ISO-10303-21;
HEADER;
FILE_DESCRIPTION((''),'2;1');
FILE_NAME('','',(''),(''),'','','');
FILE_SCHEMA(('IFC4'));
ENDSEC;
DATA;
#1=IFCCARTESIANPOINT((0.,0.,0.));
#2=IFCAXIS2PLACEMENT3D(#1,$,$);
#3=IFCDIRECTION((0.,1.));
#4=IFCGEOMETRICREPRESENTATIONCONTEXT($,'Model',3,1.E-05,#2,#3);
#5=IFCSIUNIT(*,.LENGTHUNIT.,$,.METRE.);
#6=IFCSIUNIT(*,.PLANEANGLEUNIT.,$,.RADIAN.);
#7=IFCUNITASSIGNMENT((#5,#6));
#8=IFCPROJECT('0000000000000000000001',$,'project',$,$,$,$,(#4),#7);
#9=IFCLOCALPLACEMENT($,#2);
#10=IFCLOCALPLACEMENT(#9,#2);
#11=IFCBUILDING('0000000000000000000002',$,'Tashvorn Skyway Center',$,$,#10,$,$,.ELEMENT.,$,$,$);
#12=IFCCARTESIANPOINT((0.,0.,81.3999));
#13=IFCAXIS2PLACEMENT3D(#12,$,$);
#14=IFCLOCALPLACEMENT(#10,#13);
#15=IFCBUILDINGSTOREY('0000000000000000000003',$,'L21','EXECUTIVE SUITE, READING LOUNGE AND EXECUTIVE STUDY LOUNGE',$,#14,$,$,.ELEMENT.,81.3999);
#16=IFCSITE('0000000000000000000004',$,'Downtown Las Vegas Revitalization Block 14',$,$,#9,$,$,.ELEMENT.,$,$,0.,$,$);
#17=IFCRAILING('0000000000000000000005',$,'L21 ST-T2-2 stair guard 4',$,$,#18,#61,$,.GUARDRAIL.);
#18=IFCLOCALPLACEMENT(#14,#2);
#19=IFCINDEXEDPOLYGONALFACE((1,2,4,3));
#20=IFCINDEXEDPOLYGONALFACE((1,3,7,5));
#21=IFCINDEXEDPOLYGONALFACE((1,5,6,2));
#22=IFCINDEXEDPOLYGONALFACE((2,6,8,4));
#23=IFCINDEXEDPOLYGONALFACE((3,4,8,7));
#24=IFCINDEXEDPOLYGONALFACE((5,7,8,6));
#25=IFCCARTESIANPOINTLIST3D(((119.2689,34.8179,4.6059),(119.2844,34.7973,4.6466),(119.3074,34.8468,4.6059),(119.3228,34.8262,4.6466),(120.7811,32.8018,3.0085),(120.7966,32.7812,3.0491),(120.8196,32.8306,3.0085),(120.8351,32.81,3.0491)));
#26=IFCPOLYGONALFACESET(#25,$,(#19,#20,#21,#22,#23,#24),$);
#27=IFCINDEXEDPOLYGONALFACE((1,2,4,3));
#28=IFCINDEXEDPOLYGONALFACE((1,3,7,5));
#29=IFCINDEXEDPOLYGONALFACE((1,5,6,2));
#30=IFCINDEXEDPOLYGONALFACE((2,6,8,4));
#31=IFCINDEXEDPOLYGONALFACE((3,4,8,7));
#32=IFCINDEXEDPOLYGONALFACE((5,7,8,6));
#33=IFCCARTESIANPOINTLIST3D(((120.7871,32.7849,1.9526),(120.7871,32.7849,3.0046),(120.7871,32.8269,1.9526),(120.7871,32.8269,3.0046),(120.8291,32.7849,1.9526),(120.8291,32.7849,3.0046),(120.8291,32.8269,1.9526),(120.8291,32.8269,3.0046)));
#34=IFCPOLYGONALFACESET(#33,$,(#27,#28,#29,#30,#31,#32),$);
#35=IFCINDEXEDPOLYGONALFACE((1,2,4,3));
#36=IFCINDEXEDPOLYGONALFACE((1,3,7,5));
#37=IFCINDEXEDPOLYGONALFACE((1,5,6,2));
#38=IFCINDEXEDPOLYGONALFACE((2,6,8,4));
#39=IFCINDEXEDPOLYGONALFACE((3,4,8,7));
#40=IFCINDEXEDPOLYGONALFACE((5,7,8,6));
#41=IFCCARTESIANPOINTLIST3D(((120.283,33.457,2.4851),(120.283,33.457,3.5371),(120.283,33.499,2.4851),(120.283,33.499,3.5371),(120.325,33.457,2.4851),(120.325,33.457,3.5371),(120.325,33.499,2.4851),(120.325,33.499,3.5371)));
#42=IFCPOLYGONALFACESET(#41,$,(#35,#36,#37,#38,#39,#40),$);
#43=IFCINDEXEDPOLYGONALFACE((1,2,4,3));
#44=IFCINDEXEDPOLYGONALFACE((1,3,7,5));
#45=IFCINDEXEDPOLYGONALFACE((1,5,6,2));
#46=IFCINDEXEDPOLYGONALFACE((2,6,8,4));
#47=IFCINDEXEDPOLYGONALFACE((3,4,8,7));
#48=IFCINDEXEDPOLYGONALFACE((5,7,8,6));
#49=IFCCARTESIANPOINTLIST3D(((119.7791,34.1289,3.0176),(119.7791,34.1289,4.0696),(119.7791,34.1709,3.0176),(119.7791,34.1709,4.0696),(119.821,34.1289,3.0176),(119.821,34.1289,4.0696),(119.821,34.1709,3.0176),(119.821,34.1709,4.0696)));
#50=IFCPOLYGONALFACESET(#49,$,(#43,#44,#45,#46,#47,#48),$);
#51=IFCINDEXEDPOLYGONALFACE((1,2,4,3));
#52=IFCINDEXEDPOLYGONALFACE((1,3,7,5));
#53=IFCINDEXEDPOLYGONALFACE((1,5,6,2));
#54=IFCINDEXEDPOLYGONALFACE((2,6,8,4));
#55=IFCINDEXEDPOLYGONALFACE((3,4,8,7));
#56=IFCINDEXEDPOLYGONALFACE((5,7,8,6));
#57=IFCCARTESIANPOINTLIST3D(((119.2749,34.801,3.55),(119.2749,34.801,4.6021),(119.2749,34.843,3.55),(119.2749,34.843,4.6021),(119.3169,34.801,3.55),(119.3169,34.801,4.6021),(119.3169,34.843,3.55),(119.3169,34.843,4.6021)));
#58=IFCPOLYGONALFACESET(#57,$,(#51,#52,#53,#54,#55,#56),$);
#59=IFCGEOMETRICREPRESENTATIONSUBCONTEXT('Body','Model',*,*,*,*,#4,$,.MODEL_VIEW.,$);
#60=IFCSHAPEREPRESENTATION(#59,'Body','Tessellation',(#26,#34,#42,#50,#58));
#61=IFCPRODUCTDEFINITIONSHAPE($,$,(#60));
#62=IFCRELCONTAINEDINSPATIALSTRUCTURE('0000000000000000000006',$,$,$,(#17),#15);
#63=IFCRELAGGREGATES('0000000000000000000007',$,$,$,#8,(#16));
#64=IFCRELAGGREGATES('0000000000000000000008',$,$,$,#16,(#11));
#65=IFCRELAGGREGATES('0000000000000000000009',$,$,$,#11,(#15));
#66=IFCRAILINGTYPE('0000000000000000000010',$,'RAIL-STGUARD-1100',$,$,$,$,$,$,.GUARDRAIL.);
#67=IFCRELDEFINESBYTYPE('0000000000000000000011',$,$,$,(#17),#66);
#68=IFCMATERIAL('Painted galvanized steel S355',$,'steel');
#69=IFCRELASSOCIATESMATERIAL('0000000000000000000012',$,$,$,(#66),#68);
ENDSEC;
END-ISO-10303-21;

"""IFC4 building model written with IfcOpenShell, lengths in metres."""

from ifc_helpers import new_model, si_unit, direction, frame, origin, origin_2d, place, context, subcontext, project, spatial, rectangle, extrude, material, type_object, element, save


model = new_model("IFC4")

# Units and contexts
model_context = context("Model", 3, precision=1e-05, world=origin(), true_north=direction((0.0, 1.0)))
body_context = subcontext(model_context, "Body", "Model", "MODEL_VIEW")
ifc_project = project(units=[si_unit("LENGTHUNIT", "METRE"), si_unit("PLANEANGLEUNIT", "RADIAN")], contexts=[model_context])

# Site, building, storey
site_placement = place(None, origin())
site = spatial("IfcSite", under=ifc_project, at=site_placement, Name="Downtown Las Vegas Revitalization Block 14", CompositionType="ELEMENT", RefElevation=0.0)
building_placement = place(site_placement, origin())
building = spatial("IfcBuilding", under=site, at=building_placement, Name="Tashvorn Skyway Center", CompositionType="ELEMENT")
storey_placement = place(building_placement, frame((0.0, 0.0, 81.3999)))
storey = spatial("IfcBuildingStorey", under=building, at=storey_placement, Name="L21", Description="EXECUTIVE SUITE, READING LOUNGE AND EXECUTIVE STUDY LOUNGE", CompositionType="ELEMENT", Elevation=81.3999)

# Railing
ifc_material_1 = material(Name="Painted galvanized steel S355", Category="steel")
railing_type_1 = type_object("IfcRailingType", Name="RAIL-STGUARD-1100", PredefinedType="GUARDRAIL", material=ifc_material_1)
railing_1_placement = place(storey_placement, frame((120.8081, 32.8059, 1.9526)))
element("IfcRailing", 1, at=railing_1_placement, inside=storey, type_object=railing_type_1, Name="L21 ST-T2-2 stair guard 4", PredefinedType="GUARDRAIL", context=body_context, shape_type="SweptSolid", body=[
    extrude(rectangle(XDim=0.0481, YDim=0.0481, at=origin_2d()), frame((0.0, 0.0, 1.0762), z_axis=(-0.506802, 0.675681, 0.535357), x_axis=(-0.799977, -0.600031, 0.0)), (0.0, 0.0, 1.0), 2.9839),
    extrude(rectangle(XDim=0.042, YDim=0.042, at=origin_2d()), origin(), (0.0, 0.0, 1.0), 1.052),
    extrude(rectangle(XDim=0.042, YDim=0.042, at=origin_2d()), frame((-0.5042, 0.6721, 0.5325)), (0.0, 0.0, 1.0), 1.052),
    extrude(rectangle(XDim=0.042, YDim=0.042, at=origin_2d()), frame((-1.0081, 1.344, 1.0649)), (0.0, 0.0, 1.0), 1.052),
    extrude(rectangle(XDim=0.042, YDim=0.042, at=origin_2d()), frame((-1.5122, 2.0161, 1.5974)), (0.0, 0.0, 1.0), 1.052),
])

save(model, "model.ifc")
